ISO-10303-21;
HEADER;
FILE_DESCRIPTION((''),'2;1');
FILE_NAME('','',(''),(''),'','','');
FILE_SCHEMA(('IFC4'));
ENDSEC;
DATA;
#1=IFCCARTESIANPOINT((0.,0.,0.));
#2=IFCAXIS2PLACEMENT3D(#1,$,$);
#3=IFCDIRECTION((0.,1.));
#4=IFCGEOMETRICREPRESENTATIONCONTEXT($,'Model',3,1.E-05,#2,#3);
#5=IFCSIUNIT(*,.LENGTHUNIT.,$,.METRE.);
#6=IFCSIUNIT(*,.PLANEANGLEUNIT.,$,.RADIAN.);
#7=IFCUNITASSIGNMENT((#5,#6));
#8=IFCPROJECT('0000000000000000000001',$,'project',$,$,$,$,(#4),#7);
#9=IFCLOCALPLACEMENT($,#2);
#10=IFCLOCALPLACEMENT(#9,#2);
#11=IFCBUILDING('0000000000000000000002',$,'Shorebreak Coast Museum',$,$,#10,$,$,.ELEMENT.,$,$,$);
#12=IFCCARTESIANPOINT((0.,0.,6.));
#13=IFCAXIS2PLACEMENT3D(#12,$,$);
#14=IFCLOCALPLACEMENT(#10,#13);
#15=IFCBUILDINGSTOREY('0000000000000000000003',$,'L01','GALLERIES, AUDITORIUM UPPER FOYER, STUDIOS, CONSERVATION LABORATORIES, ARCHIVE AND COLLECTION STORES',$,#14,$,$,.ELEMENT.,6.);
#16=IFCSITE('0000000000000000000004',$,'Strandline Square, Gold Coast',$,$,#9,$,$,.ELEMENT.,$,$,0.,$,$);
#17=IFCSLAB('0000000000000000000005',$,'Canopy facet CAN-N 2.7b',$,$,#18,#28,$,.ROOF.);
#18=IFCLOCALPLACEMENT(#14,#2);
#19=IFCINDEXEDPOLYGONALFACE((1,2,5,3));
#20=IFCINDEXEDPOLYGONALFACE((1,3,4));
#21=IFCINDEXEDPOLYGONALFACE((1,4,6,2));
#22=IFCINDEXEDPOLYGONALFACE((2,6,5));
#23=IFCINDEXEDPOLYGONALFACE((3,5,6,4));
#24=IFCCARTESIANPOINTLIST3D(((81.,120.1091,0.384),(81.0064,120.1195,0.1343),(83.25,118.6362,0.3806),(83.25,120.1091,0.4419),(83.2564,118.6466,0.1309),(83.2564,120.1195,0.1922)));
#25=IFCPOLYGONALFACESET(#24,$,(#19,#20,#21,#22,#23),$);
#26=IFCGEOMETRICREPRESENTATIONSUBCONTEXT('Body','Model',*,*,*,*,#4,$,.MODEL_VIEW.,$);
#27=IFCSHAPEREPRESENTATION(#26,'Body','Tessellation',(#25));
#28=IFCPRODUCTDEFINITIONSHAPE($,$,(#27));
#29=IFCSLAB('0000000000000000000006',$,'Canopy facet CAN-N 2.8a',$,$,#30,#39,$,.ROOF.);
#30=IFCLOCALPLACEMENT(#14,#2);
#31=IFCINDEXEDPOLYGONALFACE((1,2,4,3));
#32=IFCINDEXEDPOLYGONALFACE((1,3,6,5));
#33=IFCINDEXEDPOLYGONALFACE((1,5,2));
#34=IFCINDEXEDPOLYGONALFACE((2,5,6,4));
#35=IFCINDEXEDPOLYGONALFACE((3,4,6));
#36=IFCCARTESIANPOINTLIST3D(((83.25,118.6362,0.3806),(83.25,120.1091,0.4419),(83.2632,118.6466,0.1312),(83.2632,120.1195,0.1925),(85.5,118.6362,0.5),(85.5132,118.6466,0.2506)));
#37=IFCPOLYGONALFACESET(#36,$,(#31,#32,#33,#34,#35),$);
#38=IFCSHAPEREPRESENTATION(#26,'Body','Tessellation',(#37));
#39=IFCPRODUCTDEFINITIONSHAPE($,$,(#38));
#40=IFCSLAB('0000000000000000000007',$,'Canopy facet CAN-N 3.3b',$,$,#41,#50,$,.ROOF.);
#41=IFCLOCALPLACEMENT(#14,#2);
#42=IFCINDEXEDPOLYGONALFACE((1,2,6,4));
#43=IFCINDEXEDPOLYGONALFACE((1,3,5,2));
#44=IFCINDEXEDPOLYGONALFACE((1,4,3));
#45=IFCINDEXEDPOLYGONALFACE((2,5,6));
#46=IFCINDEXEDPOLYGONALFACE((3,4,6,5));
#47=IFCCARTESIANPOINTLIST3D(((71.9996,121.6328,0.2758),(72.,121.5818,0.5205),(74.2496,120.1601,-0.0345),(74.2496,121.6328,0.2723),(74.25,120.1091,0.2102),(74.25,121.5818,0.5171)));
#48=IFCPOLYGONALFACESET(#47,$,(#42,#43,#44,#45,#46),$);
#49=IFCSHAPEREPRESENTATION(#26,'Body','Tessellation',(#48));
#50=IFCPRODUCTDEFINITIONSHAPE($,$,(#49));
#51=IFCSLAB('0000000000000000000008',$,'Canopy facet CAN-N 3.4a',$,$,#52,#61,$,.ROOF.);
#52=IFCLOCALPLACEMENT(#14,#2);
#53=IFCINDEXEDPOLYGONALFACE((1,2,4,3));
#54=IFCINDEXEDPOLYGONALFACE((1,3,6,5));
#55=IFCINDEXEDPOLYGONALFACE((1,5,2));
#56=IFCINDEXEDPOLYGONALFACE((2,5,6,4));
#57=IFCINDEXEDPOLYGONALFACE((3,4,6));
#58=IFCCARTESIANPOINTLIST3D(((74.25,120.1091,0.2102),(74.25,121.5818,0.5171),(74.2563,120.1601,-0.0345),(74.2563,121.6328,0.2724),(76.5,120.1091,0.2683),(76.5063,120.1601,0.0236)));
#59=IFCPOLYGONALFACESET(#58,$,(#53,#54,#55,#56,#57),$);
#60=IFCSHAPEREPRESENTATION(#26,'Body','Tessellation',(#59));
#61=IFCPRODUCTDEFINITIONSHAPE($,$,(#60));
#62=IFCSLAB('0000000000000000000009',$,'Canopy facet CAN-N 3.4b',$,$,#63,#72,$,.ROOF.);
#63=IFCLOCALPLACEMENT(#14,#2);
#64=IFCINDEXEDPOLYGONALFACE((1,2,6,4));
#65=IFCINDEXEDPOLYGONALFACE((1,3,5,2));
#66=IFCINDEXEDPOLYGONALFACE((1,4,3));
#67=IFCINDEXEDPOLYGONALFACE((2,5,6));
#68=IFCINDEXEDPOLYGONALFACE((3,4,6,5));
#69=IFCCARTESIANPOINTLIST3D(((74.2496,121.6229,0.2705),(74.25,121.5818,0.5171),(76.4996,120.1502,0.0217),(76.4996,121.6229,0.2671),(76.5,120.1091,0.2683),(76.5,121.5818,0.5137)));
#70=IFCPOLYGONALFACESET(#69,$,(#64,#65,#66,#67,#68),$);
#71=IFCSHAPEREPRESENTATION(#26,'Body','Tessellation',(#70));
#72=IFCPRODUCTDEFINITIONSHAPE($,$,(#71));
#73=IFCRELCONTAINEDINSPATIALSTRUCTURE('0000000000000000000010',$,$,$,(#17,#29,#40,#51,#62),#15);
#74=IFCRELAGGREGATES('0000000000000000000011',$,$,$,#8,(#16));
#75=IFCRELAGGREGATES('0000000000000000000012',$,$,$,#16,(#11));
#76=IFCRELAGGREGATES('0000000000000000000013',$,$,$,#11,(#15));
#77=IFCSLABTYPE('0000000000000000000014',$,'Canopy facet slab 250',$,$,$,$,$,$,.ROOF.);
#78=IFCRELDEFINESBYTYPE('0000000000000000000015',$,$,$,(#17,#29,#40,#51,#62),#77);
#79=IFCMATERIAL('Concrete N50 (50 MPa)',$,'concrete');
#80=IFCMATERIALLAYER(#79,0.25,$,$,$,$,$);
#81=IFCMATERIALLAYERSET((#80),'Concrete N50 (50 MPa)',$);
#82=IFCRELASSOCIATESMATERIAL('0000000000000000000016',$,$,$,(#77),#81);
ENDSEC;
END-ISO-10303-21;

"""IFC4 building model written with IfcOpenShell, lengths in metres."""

from ifc_helpers import new_model, si_unit, direction, frame, origin, place, context, subcontext, project, spatial, polyline, outline, extrude, material, layer, layer_set, type_object, element, save


model = new_model("IFC4")

# Units and contexts
model_context = context("Model", 3, precision=1e-05, world=origin(), true_north=direction((0.0, 1.0)))
body_context = subcontext(model_context, "Body", "Model", "MODEL_VIEW")
ifc_project = project(units=[si_unit("LENGTHUNIT", "METRE"), si_unit("PLANEANGLEUNIT", "RADIAN")], contexts=[model_context])

# Site, building, storey
site_placement = place(None, origin())
site = spatial("IfcSite", under=ifc_project, at=site_placement, Name="Strandline Square, Gold Coast", CompositionType="ELEMENT", RefElevation=0.0)
building_placement = place(site_placement, origin())
building = spatial("IfcBuilding", under=site, at=building_placement, Name="Shorebreak Coast Museum", CompositionType="ELEMENT")
storey_placement = place(building_placement, frame((0.0, 0.0, 6.0)))
storey = spatial("IfcBuildingStorey", under=building, at=storey_placement, Name="L01", Description="GALLERIES, AUDITORIUM UPPER FOYER, STUDIOS, CONSERVATION LABORATORIES, ARCHIVE AND COLLECTION STORES", CompositionType="ELEMENT", Elevation=6.0)

# Slabs
ifc_material_1 = material(Name="Concrete N50 (50 MPa)", Category="concrete")
ifc_layer = layer(ifc_material_1, 0.25)
ifc_layer_set = layer_set([ifc_layer], Name="Concrete N50 (50 MPa)")
slab_type = type_object("IfcSlabType", Name="Canopy facet slab 250", PredefinedType="ROOF", material=ifc_layer_set)
slab_1_placement = place(storey_placement, frame((83.25, 118.6362, 0.3806), z_axis=(-0.025685, -0.041555, 0.998806), x_axis=(0.0, 0.999136, 0.041569)))
element("IfcSlab", 1, at=slab_1_placement, inside=storey, type_object=slab_type, Name="Canopy facet CAN-N 2.7b", PredefinedType="ROOF", context=body_context, shape_type="SweptSolid", body=[
    extrude(outline(polyline([(0.0, 0.0), (1.4742, 0.0), (1.4718, 2.2507), (0.0, 0.0)])), origin(), (0.0, 0.0, -1.0), 0.25),
])
slab_2_placement = place(storey_placement, frame((83.25, 118.6362, 0.3806), z_axis=(-0.05294, -0.04151, 0.997735), x_axis=(0.998595, 0.0, 0.052985)))
element("IfcSlab", 2, at=slab_2_placement, inside=storey, type_object=slab_type, Name="Canopy facet CAN-N 2.8a", PredefinedType="ROOF", context=body_context, shape_type="SweptSolid", body=[
    extrude(outline(polyline([(0.0, 0.0), (2.2532, 0.0), (0.0032, 1.4742), (0.0, 0.0)])), origin(), (0.0, 0.0, -1.0), 0.25),
])
slab_3_placement = place(storey_placement, frame((74.25, 120.1091, 0.2102), z_axis=(0.001487, -0.204006, 0.978969), x_axis=(0.0, 0.97897, 0.204006)))
element("IfcSlab", 3, at=slab_3_placement, inside=storey, type_object=slab_type, Name="Canopy facet CAN-N 3.3b", PredefinedType="ROOF", context=body_context, shape_type="SweptSolid", body=[
    extrude(outline(polyline([(0.0, 0.0), (1.5043, 0.0), (1.505, 2.25), (0.0, 0.0)])), origin(), (0.0, 0.0, -1.0), 0.25),
])
slab_4_placement = place(storey_placement, frame((74.25, 120.1091, 0.2102), z_axis=(-0.025273, -0.203941, 0.978657), x_axis=(0.999667, 0.0, 0.025816)))
element("IfcSlab", 4, at=slab_4_placement, inside=storey, type_object=slab_type, Name="Canopy facet CAN-N 3.4a", PredefinedType="ROOF", context=body_context, shape_type="SweptSolid", body=[
    extrude(outline(polyline([(0.0, 0.0), (2.2508, 0.0), (0.0079, 1.5043), (0.0, 0.0)])), origin(), (0.0, 0.0, -1.0), 0.25),
])
slab_5_placement = place(storey_placement, frame((76.5, 120.1091, 0.2683), z_axis=(0.001498, -0.164346, 0.986402), x_axis=(0.0, 0.986403, 0.164346)))
element("IfcSlab", 5, at=slab_5_placement, inside=storey, type_object=slab_type, Name="Canopy facet CAN-N 3.4b", PredefinedType="ROOF", context=body_context, shape_type="SweptSolid", body=[
    extrude(outline(polyline([(0.0, 0.0), (1.493, 0.0), (1.4935, 2.25), (0.0, 0.0)])), origin(), (0.0, 0.0, -1.0), 0.25),
])

save(model, "model.ifc")
